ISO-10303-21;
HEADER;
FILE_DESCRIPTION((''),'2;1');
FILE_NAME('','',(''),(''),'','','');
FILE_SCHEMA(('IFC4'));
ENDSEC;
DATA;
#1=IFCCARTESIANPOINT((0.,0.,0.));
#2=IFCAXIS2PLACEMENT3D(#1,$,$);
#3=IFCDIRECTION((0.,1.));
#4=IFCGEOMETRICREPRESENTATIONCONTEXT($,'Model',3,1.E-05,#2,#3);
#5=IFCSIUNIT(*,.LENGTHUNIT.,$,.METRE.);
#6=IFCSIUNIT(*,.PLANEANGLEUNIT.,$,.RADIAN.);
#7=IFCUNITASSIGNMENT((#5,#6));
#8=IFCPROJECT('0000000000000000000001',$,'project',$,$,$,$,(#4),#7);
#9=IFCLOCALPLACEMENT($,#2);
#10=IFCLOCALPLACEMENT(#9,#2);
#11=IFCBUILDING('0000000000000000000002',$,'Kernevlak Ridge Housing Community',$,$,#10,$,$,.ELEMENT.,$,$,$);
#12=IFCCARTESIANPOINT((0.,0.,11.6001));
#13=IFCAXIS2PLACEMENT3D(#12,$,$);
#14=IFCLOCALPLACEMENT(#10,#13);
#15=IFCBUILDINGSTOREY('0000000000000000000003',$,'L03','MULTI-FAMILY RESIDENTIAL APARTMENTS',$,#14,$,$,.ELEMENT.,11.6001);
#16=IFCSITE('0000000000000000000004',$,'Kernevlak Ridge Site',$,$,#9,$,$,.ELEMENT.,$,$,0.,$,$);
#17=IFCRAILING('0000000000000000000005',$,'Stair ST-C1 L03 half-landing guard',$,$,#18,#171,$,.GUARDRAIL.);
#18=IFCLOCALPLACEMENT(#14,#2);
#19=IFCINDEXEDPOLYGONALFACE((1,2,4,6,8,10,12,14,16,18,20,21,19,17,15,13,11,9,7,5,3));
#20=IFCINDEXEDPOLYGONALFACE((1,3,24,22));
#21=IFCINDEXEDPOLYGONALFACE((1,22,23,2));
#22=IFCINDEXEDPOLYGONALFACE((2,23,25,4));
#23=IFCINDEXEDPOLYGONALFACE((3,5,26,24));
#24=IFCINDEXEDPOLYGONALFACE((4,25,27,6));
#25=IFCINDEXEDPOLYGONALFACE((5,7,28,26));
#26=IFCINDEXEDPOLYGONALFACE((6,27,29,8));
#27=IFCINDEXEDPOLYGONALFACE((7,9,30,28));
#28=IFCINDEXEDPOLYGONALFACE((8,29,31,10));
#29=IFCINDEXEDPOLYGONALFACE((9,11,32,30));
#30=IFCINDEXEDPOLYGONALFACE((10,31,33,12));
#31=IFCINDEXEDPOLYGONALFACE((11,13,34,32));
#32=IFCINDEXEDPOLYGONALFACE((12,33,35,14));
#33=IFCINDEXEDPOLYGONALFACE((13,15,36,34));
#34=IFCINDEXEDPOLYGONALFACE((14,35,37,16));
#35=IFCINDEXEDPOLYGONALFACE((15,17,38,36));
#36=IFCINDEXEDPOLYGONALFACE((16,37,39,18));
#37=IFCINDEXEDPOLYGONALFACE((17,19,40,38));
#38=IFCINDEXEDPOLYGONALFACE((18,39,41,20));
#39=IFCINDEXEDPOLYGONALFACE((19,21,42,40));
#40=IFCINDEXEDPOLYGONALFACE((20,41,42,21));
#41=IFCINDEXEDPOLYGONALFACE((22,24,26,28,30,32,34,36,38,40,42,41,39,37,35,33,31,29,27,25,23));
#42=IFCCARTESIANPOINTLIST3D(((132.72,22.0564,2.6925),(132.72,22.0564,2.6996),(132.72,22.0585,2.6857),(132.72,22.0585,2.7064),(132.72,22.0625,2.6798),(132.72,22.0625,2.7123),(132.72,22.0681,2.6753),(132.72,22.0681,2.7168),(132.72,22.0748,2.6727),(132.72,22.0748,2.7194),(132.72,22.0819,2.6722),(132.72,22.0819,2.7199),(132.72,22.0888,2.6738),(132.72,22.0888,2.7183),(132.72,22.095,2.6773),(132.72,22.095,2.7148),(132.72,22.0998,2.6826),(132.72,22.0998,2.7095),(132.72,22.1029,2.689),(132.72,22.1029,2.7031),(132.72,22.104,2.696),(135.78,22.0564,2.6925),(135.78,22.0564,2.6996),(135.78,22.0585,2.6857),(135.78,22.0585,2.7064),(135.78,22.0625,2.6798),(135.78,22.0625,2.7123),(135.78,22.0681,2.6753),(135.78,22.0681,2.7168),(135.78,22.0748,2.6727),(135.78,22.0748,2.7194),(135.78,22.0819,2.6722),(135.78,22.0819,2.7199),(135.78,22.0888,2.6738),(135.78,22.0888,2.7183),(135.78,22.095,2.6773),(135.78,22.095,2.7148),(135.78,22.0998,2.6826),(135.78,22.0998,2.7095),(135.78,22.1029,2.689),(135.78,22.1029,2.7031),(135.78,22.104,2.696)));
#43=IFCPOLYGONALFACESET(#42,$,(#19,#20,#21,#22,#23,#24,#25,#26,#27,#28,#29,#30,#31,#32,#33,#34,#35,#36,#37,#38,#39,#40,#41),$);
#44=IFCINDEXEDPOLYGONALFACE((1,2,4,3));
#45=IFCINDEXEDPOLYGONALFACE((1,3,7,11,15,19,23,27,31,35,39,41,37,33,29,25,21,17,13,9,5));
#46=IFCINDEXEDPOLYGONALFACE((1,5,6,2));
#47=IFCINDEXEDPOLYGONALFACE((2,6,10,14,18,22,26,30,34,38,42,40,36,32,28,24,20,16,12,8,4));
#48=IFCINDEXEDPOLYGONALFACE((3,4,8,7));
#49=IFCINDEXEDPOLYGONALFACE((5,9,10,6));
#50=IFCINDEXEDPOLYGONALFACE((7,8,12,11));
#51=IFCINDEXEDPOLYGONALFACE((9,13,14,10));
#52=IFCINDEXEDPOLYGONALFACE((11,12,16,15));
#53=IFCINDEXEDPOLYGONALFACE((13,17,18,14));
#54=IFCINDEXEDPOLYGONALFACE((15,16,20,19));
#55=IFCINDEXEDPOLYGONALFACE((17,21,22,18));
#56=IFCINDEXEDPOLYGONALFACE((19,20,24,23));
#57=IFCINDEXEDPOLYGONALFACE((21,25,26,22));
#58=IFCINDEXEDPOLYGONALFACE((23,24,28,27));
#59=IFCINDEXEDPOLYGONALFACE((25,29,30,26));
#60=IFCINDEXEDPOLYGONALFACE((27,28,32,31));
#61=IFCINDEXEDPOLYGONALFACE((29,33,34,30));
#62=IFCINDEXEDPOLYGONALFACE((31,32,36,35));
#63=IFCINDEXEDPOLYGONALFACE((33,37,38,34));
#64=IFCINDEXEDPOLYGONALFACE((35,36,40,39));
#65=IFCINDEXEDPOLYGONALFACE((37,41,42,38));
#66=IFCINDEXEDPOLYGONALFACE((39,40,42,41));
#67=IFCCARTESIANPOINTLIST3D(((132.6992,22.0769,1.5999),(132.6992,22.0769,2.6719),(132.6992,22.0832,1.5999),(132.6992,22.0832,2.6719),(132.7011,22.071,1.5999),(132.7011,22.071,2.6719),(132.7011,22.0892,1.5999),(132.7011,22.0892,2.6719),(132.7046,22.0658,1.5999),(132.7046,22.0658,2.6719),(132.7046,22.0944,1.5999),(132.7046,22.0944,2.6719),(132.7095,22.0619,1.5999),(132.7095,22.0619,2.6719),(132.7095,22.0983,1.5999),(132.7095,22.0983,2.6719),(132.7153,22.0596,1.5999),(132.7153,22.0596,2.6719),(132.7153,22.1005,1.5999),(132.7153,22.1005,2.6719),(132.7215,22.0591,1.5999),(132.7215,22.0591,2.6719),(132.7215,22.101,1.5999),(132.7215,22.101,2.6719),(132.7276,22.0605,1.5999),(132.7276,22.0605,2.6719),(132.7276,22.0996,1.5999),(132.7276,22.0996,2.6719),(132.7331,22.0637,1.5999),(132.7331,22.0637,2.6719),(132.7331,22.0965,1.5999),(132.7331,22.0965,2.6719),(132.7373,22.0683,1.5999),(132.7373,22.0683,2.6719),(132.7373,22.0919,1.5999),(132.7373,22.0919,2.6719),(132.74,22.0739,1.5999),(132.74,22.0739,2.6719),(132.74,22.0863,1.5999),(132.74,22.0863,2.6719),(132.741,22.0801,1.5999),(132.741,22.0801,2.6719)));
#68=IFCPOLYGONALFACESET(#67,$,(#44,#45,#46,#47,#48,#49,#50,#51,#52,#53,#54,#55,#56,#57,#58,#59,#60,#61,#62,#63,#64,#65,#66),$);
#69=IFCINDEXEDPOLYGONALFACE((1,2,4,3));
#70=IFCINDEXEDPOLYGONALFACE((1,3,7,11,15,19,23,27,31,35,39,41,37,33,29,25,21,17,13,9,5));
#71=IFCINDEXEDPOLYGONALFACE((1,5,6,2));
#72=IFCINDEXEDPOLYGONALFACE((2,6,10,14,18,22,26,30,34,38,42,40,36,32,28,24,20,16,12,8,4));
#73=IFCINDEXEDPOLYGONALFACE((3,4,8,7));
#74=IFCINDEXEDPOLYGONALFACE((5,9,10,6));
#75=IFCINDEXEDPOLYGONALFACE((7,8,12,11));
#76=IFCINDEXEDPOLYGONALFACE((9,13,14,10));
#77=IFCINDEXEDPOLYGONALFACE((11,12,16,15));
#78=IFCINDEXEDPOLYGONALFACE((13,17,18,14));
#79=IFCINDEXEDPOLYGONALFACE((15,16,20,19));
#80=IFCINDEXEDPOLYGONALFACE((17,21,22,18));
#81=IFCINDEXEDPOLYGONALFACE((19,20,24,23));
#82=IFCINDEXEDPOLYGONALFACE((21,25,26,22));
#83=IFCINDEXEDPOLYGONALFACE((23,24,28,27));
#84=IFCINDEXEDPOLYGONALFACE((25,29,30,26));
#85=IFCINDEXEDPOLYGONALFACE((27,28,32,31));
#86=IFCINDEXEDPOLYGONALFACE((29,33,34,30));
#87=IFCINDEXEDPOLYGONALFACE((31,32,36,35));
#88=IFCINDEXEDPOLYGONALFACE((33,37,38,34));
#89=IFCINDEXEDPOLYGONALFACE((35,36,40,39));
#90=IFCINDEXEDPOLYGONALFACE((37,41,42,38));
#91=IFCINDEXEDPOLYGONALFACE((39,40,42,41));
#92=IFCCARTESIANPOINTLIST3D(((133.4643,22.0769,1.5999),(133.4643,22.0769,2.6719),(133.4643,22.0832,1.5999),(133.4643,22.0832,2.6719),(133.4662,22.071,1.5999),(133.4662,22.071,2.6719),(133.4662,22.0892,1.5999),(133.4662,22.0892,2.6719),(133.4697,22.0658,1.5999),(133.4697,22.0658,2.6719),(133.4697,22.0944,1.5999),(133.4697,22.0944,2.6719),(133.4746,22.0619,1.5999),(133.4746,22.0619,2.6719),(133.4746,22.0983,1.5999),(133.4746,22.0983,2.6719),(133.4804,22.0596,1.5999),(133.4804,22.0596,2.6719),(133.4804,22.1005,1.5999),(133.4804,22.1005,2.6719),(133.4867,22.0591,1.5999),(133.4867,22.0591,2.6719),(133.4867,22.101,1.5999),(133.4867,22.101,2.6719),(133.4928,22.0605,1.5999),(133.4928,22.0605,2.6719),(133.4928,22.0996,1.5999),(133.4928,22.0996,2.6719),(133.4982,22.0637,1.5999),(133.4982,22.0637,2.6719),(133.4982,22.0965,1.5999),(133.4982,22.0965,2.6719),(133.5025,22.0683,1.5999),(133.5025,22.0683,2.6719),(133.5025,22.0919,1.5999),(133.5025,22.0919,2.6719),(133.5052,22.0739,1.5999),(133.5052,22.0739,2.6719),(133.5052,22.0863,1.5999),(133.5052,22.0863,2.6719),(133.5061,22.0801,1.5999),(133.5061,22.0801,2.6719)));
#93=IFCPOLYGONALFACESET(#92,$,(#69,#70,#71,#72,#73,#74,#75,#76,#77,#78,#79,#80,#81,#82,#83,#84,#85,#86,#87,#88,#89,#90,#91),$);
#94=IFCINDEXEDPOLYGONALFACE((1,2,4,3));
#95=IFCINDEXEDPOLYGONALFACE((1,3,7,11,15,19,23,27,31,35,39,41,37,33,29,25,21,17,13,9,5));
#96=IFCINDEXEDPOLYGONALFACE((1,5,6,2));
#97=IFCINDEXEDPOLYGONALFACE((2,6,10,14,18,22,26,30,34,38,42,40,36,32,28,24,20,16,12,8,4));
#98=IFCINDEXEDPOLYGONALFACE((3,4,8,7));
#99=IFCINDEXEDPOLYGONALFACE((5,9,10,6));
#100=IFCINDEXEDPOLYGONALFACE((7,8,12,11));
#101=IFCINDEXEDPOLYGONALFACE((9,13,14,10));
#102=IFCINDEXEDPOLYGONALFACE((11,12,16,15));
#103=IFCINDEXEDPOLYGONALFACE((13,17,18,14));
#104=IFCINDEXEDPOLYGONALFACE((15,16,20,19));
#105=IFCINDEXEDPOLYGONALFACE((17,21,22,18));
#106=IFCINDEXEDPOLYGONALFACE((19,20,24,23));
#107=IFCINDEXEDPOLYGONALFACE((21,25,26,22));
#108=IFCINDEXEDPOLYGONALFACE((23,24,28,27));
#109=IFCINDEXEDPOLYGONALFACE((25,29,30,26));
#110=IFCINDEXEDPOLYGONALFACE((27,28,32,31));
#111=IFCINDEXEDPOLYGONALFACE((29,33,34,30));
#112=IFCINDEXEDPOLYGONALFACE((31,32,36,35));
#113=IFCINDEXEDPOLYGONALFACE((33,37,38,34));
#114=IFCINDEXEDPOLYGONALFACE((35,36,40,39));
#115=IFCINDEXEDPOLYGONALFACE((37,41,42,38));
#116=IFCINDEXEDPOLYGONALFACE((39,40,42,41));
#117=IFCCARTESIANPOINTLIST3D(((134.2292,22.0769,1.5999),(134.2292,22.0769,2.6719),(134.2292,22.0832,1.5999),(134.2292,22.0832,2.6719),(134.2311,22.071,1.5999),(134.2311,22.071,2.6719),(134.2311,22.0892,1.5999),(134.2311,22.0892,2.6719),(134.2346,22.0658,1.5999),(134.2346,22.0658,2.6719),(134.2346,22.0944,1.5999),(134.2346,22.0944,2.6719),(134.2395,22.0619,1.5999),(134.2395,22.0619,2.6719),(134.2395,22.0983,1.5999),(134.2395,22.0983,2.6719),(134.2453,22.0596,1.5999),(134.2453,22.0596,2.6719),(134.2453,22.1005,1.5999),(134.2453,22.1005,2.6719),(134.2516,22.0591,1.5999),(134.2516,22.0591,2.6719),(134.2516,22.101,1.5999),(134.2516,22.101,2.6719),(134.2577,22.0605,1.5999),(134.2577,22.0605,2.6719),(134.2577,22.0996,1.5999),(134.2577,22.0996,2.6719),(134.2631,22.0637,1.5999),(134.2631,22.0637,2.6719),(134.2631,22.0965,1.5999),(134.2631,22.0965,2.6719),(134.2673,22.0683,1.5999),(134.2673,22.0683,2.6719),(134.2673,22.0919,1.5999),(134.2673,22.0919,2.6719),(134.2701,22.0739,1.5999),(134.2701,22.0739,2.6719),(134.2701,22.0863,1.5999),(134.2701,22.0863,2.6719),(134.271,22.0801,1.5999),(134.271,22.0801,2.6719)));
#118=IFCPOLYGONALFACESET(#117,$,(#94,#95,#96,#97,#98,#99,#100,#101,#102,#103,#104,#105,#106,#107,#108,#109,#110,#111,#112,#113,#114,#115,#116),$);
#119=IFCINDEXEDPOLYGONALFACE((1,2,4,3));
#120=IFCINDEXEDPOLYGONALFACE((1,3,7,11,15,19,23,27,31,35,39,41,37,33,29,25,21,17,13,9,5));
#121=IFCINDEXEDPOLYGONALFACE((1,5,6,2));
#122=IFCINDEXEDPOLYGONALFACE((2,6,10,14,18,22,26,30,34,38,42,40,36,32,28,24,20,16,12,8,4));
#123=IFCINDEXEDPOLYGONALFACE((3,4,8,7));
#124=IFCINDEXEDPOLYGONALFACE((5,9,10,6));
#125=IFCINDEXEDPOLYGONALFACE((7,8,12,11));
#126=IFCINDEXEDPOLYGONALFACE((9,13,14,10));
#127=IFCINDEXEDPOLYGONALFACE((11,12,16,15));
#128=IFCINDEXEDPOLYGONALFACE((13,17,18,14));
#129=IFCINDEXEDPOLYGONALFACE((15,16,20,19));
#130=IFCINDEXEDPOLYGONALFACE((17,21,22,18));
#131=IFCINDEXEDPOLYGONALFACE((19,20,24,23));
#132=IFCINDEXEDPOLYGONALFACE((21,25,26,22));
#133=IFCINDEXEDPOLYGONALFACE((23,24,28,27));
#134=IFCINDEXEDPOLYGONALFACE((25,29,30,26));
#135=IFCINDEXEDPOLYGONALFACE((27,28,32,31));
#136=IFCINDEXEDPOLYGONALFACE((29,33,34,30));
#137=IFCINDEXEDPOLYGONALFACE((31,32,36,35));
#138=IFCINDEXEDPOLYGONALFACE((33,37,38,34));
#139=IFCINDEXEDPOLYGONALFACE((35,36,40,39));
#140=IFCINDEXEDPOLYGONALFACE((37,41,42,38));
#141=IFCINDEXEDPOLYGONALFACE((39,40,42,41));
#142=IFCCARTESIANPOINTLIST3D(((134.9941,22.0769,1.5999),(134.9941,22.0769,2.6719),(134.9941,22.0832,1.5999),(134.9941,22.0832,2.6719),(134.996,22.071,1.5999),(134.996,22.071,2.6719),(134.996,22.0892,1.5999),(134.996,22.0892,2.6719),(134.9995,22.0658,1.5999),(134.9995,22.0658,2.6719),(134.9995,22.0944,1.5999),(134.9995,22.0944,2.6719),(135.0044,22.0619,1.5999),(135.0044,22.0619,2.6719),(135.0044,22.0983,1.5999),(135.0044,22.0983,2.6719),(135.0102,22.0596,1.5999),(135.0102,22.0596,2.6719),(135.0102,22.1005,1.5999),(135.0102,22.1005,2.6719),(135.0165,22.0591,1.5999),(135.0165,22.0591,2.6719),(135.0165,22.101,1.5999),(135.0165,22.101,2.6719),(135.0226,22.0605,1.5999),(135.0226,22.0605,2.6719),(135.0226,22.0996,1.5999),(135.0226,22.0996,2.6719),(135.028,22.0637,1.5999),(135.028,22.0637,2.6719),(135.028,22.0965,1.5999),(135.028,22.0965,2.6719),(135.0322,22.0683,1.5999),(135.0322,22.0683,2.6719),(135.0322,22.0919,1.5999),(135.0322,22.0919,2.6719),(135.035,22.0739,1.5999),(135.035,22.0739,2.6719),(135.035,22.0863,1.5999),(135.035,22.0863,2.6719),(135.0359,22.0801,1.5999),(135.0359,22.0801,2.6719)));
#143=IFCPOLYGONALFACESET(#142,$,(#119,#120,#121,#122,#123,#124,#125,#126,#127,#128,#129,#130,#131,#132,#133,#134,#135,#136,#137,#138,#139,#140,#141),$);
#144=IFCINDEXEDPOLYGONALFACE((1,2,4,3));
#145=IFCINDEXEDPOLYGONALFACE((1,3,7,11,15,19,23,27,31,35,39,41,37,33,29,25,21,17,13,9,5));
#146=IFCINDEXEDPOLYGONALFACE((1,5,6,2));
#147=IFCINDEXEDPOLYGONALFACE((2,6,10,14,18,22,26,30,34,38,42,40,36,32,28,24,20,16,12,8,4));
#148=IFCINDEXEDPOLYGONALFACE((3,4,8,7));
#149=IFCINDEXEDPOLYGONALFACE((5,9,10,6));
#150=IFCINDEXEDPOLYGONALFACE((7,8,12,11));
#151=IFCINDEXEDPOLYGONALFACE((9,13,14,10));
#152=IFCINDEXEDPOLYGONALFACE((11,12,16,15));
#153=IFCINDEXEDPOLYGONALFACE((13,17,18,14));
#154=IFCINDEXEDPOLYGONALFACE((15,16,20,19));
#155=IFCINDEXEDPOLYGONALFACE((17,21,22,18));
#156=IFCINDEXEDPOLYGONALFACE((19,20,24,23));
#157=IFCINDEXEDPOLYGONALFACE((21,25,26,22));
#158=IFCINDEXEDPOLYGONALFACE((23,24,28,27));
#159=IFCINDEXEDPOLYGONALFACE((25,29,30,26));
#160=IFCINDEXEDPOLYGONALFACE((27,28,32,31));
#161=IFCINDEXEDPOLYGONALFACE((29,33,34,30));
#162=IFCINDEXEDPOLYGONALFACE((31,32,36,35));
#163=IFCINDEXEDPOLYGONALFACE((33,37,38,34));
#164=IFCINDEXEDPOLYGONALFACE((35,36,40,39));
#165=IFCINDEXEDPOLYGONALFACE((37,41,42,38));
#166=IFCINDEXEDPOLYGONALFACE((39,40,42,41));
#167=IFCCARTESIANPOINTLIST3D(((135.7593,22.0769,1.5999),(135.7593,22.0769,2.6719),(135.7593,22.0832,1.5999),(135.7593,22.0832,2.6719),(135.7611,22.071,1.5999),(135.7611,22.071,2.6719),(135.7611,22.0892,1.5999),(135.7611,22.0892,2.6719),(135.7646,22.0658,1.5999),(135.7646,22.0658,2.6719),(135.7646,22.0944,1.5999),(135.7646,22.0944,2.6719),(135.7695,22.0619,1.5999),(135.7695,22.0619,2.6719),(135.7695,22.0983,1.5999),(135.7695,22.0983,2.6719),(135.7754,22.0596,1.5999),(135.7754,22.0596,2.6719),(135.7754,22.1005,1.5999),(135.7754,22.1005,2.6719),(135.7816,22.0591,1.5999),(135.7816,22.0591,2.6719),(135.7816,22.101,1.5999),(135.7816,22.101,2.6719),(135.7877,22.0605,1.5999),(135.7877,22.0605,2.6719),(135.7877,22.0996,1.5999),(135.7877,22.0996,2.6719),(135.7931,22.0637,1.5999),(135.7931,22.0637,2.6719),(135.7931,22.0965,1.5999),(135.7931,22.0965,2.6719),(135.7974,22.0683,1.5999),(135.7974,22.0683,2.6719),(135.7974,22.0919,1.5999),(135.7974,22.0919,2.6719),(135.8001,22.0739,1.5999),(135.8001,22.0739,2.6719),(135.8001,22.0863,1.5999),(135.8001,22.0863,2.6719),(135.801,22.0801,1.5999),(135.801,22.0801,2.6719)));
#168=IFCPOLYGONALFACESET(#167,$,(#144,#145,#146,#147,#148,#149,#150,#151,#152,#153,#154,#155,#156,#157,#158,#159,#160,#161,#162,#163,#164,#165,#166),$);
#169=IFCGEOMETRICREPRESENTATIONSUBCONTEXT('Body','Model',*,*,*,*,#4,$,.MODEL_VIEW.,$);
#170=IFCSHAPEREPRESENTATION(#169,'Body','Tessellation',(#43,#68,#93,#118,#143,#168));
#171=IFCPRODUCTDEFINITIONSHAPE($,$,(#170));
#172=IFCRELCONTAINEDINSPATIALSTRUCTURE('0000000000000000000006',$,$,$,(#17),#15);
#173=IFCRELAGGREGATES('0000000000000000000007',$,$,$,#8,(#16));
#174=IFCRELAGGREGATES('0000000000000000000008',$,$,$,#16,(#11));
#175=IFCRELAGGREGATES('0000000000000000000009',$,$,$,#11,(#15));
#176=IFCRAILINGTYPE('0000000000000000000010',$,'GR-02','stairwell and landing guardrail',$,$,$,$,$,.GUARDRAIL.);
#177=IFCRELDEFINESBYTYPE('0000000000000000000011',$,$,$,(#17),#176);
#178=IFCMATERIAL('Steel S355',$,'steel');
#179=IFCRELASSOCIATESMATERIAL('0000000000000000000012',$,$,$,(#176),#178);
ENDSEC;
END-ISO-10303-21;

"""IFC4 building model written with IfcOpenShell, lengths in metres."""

from ifc_helpers import new_model, si_unit, direction, frame, origin, origin_2d, place, context, subcontext, project, spatial, circle, extrude, material, type_object, element, save


model = new_model("IFC4")

# Units and contexts
model_context = context("Model", 3, precision=1e-05, world=origin(), true_north=direction((0.0, 1.0)))
body_context = subcontext(model_context, "Body", "Model", "MODEL_VIEW")
ifc_project = project(units=[si_unit("LENGTHUNIT", "METRE"), si_unit("PLANEANGLEUNIT", "RADIAN")], contexts=[model_context])

# Site, building, storey
site_placement = place(None, origin())
site = spatial("IfcSite", under=ifc_project, at=site_placement, Name="Kernevlak Ridge Site", CompositionType="ELEMENT", RefElevation=0.0)
building_placement = place(site_placement, origin())
building = spatial("IfcBuilding", under=site, at=building_placement, Name="Kernevlak Ridge Housing Community", CompositionType="ELEMENT")
storey_placement = place(building_placement, frame((0.0, 0.0, 11.6001)))
storey = spatial("IfcBuildingStorey", under=building, at=storey_placement, Name="L03", Description="MULTI-FAMILY RESIDENTIAL APARTMENTS", CompositionType="ELEMENT", Elevation=11.6001)

# Railing
ifc_material_1 = material(Name="Steel S355", Category="steel")
railing_type_1 = type_object("IfcRailingType", Name="GR-02", Description="stairwell and landing guardrail", PredefinedType="GUARDRAIL", material=ifc_material_1)
railing_1_placement = place(storey_placement, frame((132.72, 22.0801, 1.5999)))
element("IfcRailing", 1, at=railing_1_placement, inside=storey, type_object=railing_type_1, Name="Stair ST-C1 L03 half-landing guard", PredefinedType="GUARDRAIL", context=body_context, shape_type="SweptSolid", body=[
    extrude(circle(Radius=0.0239, at=origin_2d()), frame((0.0, 0.0, 1.0962), z_axis=(1.0, 0.0, 0.0), x_axis=(0.0, 1.0, 0.0)), (0.0, 0.0, 1.0), 3.0601),
    extrude(circle(Radius=0.021, at=origin_2d()), origin(), (0.0, 0.0, 1.0), 1.072),
    extrude(circle(Radius=0.021, at=origin_2d()), frame((0.7651, 0.0, 0.0)), (0.0, 0.0, 1.0), 1.072),
    extrude(circle(Radius=0.021, at=origin_2d()), frame((1.53, 0.0, 0.0)), (0.0, 0.0, 1.0), 1.072),
    extrude(circle(Radius=0.021, at=origin_2d()), frame((2.2949, 0.0, 0.0)), (0.0, 0.0, 1.0), 1.072),
    extrude(circle(Radius=0.021, at=origin_2d()), frame((3.0601, 0.0, 0.0)), (0.0, 0.0, 1.0), 1.072),
])

save(model, "model.ifc")
